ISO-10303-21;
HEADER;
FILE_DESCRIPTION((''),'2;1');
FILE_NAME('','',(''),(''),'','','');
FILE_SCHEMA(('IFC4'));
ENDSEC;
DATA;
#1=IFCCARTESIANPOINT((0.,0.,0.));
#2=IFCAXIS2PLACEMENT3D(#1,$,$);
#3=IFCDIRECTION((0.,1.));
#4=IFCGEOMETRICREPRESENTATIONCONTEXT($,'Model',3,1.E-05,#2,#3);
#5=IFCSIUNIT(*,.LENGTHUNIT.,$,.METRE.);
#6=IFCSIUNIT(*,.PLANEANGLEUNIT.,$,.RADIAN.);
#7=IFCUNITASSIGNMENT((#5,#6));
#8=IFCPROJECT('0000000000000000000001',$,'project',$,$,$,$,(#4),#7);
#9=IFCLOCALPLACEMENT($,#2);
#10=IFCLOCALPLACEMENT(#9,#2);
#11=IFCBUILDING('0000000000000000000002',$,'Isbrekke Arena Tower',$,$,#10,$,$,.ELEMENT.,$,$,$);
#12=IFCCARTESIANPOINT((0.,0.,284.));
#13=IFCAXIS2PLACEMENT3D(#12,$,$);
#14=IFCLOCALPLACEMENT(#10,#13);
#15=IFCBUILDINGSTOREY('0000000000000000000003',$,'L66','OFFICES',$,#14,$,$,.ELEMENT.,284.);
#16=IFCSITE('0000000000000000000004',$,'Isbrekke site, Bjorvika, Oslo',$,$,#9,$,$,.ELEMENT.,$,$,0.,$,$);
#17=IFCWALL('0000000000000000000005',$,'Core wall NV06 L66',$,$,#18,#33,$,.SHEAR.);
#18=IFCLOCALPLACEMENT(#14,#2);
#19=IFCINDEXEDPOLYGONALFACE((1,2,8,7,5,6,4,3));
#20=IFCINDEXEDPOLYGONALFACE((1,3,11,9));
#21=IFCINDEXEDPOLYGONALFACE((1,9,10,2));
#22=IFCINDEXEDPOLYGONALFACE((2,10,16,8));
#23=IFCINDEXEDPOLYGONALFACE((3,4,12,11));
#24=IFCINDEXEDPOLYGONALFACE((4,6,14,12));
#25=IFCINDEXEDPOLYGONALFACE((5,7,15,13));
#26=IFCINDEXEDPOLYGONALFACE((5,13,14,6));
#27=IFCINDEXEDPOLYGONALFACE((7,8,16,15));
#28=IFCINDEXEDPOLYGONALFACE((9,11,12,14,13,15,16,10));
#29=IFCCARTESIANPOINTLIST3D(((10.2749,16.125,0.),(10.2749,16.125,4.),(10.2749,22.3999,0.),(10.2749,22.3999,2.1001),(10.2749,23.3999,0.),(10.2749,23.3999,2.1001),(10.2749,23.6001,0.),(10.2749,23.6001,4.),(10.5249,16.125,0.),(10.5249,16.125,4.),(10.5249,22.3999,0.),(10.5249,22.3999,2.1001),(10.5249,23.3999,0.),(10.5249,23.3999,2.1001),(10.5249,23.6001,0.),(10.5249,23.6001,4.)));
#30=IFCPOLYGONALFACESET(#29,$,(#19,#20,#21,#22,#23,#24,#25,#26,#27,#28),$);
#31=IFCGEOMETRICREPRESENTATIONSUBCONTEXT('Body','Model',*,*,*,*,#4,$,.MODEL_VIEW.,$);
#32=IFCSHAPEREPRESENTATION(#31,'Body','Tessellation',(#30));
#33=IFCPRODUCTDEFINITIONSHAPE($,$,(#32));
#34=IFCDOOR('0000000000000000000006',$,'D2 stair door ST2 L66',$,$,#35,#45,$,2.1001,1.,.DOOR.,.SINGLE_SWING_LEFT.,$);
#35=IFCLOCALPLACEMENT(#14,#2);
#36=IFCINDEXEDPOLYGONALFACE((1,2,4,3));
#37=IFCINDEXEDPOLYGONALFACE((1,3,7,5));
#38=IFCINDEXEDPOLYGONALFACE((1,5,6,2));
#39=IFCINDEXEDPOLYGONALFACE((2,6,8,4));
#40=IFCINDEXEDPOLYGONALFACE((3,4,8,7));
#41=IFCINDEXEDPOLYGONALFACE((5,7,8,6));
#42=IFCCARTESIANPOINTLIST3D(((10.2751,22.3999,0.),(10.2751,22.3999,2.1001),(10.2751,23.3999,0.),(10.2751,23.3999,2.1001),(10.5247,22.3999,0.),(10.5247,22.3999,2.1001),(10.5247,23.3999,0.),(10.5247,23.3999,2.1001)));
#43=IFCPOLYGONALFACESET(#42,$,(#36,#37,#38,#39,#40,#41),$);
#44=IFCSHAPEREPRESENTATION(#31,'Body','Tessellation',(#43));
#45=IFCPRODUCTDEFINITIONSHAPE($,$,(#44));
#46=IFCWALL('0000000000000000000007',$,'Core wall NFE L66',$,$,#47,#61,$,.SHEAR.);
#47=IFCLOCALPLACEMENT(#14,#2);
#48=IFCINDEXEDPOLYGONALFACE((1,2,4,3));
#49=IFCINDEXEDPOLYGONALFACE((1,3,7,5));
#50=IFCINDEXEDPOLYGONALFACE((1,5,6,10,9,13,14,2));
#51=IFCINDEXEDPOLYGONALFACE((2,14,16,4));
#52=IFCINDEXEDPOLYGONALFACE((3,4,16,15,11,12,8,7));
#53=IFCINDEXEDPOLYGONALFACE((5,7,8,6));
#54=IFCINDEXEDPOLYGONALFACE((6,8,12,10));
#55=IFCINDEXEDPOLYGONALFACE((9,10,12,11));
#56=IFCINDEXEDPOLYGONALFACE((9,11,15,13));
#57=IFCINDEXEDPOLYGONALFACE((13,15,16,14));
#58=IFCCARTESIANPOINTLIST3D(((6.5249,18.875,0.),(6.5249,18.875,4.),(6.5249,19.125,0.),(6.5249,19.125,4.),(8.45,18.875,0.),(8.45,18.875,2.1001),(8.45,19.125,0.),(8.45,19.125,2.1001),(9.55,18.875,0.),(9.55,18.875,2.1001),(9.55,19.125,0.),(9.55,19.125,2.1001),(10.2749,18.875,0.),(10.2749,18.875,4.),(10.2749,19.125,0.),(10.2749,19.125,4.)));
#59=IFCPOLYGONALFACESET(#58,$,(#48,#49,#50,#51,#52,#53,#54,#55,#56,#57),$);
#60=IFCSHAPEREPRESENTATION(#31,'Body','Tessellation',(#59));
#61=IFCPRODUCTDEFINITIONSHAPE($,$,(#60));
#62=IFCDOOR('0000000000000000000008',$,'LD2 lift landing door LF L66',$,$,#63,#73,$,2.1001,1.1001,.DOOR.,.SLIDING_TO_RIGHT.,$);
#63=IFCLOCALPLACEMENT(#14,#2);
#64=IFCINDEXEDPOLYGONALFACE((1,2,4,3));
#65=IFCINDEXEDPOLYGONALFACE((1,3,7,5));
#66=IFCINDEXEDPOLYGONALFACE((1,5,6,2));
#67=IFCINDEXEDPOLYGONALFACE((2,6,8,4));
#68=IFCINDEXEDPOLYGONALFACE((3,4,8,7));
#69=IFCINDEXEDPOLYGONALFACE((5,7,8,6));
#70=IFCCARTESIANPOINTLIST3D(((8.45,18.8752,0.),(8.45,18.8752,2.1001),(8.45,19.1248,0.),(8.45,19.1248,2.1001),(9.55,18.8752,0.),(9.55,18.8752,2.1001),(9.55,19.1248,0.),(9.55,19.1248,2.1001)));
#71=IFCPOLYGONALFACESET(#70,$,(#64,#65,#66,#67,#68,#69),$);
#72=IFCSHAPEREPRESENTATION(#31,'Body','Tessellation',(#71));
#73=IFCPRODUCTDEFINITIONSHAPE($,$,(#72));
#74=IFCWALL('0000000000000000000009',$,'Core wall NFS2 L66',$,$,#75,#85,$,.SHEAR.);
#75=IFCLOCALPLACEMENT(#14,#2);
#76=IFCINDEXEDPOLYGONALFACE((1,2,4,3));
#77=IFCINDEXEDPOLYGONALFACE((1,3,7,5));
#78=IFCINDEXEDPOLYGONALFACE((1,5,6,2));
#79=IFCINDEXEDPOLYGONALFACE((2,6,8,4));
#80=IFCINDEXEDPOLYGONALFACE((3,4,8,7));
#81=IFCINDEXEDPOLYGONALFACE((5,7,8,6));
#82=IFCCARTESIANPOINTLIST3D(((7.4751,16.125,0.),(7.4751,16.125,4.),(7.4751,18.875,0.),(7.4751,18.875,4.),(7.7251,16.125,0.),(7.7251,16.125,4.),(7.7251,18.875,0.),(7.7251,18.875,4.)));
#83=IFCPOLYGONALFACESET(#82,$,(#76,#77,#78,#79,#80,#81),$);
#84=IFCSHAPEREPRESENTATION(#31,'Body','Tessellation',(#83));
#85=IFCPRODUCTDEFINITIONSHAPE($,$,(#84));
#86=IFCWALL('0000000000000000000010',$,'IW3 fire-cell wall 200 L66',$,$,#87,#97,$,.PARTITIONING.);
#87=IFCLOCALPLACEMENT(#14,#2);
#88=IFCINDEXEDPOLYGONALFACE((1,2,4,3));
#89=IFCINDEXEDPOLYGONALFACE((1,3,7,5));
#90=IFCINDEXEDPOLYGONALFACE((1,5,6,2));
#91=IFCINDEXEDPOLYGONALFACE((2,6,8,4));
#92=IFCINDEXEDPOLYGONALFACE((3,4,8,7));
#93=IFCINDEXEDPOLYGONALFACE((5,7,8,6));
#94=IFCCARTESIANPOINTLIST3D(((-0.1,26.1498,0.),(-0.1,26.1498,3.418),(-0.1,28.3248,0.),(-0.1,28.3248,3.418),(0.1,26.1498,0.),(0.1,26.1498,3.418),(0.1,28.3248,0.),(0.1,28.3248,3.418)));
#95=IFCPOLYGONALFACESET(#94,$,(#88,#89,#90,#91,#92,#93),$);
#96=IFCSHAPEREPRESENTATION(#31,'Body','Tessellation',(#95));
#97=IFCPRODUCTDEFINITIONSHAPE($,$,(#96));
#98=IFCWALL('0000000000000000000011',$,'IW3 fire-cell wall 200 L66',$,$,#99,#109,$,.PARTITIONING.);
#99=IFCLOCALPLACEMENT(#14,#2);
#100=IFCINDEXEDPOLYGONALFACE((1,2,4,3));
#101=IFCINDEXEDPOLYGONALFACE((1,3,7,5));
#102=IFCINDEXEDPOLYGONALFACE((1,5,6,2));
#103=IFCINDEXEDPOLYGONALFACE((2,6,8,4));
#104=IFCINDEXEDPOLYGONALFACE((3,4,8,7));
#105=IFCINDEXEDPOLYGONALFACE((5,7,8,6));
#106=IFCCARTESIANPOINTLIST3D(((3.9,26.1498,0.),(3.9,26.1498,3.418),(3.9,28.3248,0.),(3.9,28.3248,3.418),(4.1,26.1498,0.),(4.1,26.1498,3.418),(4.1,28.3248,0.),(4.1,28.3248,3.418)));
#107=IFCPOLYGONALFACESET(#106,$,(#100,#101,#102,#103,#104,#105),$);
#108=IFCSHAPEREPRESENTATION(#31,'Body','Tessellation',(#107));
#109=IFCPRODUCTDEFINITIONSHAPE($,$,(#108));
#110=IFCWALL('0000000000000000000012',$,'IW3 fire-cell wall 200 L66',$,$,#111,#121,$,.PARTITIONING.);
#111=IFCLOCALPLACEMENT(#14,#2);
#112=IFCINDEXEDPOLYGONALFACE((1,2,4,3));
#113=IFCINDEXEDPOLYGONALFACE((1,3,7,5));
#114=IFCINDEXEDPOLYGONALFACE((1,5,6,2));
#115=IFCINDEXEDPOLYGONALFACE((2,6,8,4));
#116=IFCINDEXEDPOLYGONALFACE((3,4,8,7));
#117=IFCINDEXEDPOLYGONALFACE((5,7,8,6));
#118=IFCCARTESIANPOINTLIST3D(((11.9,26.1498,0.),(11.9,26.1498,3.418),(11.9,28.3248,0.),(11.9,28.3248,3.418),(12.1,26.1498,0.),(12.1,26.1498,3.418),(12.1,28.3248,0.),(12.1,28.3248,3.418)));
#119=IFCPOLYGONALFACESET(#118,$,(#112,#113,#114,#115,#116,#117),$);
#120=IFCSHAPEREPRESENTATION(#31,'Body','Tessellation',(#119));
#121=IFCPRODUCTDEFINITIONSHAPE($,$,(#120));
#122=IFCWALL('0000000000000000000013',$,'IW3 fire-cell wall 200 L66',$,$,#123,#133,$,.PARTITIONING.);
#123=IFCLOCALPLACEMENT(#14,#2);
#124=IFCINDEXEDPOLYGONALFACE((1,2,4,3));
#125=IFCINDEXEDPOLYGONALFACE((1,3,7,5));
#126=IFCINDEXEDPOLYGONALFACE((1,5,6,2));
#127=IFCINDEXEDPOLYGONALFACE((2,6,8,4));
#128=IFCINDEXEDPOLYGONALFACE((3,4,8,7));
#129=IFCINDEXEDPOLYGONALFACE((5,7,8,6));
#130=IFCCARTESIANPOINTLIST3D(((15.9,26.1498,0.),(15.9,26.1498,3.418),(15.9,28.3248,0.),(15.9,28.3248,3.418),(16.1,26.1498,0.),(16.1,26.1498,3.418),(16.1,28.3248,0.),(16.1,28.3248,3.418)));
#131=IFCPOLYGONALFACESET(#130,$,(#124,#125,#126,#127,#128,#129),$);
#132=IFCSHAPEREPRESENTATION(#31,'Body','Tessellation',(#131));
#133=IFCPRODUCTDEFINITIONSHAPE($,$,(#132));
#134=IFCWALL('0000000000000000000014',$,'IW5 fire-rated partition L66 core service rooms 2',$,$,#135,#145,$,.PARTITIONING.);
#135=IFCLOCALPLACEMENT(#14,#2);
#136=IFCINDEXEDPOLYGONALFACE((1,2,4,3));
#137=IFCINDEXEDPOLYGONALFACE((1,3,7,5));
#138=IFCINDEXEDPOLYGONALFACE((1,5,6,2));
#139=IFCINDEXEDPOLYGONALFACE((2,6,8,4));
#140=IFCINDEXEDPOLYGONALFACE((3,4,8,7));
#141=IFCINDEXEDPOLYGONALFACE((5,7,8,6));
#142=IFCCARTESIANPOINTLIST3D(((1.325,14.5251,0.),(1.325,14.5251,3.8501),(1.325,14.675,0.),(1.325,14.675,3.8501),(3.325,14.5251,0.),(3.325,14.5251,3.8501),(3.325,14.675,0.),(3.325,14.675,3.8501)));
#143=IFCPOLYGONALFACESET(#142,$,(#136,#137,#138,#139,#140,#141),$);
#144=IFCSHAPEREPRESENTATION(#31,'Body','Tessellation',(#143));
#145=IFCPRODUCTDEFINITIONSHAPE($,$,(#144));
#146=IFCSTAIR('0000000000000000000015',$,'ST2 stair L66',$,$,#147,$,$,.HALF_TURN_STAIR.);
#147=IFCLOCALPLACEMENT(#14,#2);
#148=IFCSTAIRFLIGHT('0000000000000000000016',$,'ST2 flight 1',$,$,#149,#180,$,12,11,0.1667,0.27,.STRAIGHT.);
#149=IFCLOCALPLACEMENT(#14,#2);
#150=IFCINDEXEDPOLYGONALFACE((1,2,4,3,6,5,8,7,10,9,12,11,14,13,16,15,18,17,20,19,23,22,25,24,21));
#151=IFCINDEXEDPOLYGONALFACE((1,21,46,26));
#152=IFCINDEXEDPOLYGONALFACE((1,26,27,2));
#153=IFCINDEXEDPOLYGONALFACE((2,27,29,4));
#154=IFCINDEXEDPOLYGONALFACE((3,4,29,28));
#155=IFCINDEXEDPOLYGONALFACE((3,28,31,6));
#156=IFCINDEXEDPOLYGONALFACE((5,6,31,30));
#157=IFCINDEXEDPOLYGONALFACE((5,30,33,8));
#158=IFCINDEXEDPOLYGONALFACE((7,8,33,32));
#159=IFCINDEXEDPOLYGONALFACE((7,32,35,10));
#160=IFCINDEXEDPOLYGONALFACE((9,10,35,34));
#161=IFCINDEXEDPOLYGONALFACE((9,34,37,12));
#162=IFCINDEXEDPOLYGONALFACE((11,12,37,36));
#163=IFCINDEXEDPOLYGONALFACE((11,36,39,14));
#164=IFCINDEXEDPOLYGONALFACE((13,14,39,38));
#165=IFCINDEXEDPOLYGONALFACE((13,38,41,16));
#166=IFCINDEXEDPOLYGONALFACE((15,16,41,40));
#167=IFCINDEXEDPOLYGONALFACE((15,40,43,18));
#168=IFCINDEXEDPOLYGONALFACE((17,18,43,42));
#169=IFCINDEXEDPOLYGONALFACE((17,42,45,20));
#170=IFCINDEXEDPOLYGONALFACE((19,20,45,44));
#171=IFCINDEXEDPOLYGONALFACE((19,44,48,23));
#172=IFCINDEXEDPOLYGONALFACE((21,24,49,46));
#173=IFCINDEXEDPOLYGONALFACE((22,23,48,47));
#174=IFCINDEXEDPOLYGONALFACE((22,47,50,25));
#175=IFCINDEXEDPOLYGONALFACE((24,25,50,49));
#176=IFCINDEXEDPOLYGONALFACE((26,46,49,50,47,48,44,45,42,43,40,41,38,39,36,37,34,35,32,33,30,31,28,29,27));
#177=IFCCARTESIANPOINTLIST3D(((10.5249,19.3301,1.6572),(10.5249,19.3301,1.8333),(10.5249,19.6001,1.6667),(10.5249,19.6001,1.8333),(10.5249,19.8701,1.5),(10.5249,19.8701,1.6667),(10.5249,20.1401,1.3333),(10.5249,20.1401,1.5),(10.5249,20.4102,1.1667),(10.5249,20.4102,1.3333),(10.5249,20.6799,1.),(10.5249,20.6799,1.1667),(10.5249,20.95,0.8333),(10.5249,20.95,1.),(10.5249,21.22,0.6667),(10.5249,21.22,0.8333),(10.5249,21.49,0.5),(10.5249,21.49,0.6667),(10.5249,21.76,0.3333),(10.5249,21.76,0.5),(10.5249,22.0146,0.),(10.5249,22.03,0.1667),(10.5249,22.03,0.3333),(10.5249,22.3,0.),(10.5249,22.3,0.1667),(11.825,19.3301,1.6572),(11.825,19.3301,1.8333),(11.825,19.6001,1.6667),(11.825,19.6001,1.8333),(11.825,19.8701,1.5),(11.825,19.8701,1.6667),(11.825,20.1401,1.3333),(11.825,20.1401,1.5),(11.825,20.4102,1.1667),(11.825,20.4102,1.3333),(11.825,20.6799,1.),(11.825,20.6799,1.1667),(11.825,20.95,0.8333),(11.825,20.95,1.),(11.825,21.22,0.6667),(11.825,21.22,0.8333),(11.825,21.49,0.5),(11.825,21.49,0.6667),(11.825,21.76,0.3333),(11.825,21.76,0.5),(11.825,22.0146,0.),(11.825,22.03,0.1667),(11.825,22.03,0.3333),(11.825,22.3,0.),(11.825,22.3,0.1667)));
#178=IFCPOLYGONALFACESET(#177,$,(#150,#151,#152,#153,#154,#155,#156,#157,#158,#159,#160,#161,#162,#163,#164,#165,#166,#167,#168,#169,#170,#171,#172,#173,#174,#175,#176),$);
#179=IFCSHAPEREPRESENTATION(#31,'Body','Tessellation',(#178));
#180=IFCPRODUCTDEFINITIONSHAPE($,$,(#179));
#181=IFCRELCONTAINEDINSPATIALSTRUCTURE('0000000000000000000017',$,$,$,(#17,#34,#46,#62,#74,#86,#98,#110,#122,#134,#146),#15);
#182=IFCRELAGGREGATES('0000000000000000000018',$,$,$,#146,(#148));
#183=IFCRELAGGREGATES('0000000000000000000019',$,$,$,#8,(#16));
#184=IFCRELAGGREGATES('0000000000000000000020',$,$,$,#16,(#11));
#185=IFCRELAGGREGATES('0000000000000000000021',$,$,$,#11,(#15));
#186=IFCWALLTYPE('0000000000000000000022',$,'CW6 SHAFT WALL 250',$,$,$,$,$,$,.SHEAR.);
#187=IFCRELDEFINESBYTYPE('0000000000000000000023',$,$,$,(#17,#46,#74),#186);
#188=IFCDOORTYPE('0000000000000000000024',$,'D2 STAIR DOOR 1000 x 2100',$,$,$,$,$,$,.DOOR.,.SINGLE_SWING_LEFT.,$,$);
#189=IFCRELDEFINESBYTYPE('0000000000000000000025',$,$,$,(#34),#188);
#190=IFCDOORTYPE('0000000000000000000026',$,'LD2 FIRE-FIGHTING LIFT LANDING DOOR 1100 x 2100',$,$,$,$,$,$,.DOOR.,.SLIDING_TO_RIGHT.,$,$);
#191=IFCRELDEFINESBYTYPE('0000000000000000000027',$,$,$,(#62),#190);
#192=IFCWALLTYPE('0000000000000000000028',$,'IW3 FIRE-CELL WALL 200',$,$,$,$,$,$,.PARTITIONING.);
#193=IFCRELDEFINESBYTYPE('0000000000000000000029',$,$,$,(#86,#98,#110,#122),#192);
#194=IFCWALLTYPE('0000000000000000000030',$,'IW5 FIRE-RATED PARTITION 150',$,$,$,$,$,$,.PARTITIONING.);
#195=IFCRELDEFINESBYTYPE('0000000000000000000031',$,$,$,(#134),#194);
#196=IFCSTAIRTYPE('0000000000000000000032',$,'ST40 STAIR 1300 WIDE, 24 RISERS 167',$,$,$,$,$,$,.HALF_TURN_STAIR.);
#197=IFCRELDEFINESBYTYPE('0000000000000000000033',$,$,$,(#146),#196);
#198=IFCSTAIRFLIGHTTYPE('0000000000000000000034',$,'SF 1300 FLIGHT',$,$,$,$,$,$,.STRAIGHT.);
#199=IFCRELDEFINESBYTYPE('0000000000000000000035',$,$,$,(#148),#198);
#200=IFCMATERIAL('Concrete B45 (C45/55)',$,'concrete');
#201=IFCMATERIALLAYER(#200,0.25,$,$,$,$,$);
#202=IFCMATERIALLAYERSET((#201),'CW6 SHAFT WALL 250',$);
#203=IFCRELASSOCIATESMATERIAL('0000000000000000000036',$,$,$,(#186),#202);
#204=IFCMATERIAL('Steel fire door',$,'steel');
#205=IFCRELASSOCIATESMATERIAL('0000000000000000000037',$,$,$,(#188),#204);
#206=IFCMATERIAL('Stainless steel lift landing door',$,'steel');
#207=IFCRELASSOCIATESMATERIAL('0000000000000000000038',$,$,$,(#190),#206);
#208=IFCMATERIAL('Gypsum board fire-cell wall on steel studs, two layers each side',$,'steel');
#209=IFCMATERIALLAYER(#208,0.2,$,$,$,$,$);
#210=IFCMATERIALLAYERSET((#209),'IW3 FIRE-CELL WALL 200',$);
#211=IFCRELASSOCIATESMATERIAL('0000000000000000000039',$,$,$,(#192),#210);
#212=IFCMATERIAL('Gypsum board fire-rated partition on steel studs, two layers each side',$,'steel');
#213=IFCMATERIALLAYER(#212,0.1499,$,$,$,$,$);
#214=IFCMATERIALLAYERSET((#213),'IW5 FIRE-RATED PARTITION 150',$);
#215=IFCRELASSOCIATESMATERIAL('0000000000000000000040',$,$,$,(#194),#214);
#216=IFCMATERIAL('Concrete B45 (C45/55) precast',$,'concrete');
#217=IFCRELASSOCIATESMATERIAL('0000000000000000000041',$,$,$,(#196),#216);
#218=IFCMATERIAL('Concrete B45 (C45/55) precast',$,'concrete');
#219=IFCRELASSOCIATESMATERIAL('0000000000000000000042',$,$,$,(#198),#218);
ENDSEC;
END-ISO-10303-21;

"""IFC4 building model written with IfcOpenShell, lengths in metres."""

from ifc_helpers import new_model, si_unit, direction, frame, frame_2d, origin, place, context, subcontext, project, spatial, polyline, rectangle, outline, extrude, material, layer, layer_set, type_object, element, fill, aggregate, save


model = new_model("IFC4")

# Units and contexts
model_context = context("Model", 3, precision=1e-05, world=origin(), true_north=direction((0.0, 1.0)))
body_context = subcontext(model_context, "Body", "Model", "MODEL_VIEW")
ifc_project = project(units=[si_unit("LENGTHUNIT", "METRE"), si_unit("PLANEANGLEUNIT", "RADIAN")], contexts=[model_context])

# Site, building, storey
site_placement = place(None, origin())
site = spatial("IfcSite", under=ifc_project, at=site_placement, Name="Isbrekke site, Bjorvika, Oslo", CompositionType="ELEMENT", RefElevation=0.0)
building_placement = place(site_placement, origin())
building = spatial("IfcBuilding", under=site, at=building_placement, Name="Isbrekke Arena Tower", CompositionType="ELEMENT")
storey_placement = place(building_placement, frame((0.0, 0.0, 284.0)))
storey = spatial("IfcBuildingStorey", under=building, at=storey_placement, Name="L66", Description="OFFICES", CompositionType="ELEMENT", Elevation=284.0)

# Shared definitions
ifc_material_1 = material(Name="Concrete B45 (C45/55)", Category="concrete")
ifc_layer_1 = layer(ifc_material_1, 0.25)
ifc_layer_set_1 = layer_set([ifc_layer_1], Name="CW6 SHAFT WALL 250")
wall_type_1 = type_object("IfcWallType", Name="CW6 SHAFT WALL 250", PredefinedType="SHEAR", material=ifc_layer_set_1)

# Walls, openings, doors
wall_1_placement = place(storey_placement, frame((10.3999, 16.125, 0.0), z_axis=(0.0, 0.0, 1.0), x_axis=(0.0, 1.0, 0.0)))
wall_1 = element("IfcWall", 1, at=wall_1_placement, inside=storey, type_object=wall_type_1, Name="Core wall NV06 L66", PredefinedType="SHEAR", context=body_context, shape_type="SweptSolid", body=[
    extrude(rectangle(XDim=7.4751, YDim=0.25, at=frame_2d((3.7375, 0.0))), origin(), (0.0, 0.0, 1.0), 4.0),
])
opening_1_placement = place(wall_1_placement, frame((6.2749, 0.0, 0.0)))
opening_1 = element("IfcOpeningElement", 2, at=opening_1_placement, cuts=wall_1, PredefinedType="OPENING", context=body_context, shape_type="SweptSolid", body=[
    extrude(rectangle(XDim=1.0, YDim=2.1001, at=frame_2d((0.5, 1.05))), frame((0.0, 0.1399, 0.0), z_axis=(0.0, -1.0, 0.0), x_axis=(1.0, 0.0, 0.0)), (0.0, 0.0, 1.0), 0.2798),
])
ifc_material_2 = material(Name="Steel fire door", Category="steel")
door_type_1 = type_object("IfcDoorType", Name="D2 STAIR DOOR 1000 x 2100", OperationType="SINGLE_SWING_LEFT", PredefinedType="DOOR", material=ifc_material_2)
door_1_placement = place(opening_1_placement, origin())
door_1 = element("IfcDoor", 3, at=door_1_placement, inside=storey, type_object=door_type_1, Name="D2 stair door ST2 L66", OperationType="SINGLE_SWING_LEFT", OverallHeight=2.1001, OverallWidth=1.0, PredefinedType="DOOR", context=body_context, shape_type="SweptSolid", body=[
    extrude(rectangle(XDim=1.0, YDim=2.1001, at=frame_2d((0.5, 1.05))), frame((0.0, 0.1248, 0.0), z_axis=(0.0, -1.0, 0.0), x_axis=(1.0, 0.0, 0.0)), (0.0, 0.0, 1.0), 0.2495),
])
fill(opening_1, door_1)
wall_2_placement = place(storey_placement, frame((6.5249, 19.0, 0.0), z_axis=(0.0, 0.0, 1.0), x_axis=(1.0, 0.0, 0.0)))
wall_2 = element("IfcWall", 4, at=wall_2_placement, inside=storey, type_object=wall_type_1, Name="Core wall NFE L66", PredefinedType="SHEAR", context=body_context, shape_type="SweptSolid", body=[
    extrude(rectangle(XDim=3.75, YDim=0.25, at=frame_2d((1.875, 0.0))), origin(), (0.0, 0.0, 1.0), 4.0),
])
opening_2_placement = place(wall_2_placement, frame((1.925, 0.0, 0.0)))
opening_2 = element("IfcOpeningElement", 5, at=opening_2_placement, cuts=wall_2, PredefinedType="OPENING", context=body_context, shape_type="SweptSolid", body=[
    extrude(rectangle(XDim=1.1001, YDim=2.1001, at=frame_2d((0.55, 1.05))), frame((0.0, 0.1399, 0.0), z_axis=(0.0, -1.0, 0.0), x_axis=(1.0, 0.0, 0.0)), (0.0, 0.0, 1.0), 0.2798),
])
ifc_material_3 = material(Name="Stainless steel lift landing door", Category="steel")
door_type_2 = type_object("IfcDoorType", Name="LD2 FIRE-FIGHTING LIFT LANDING DOOR 1100 x 2100", OperationType="SLIDING_TO_RIGHT", PredefinedType="DOOR", material=ifc_material_3)
door_2_placement = place(opening_2_placement, origin())
door_2 = element("IfcDoor", 6, at=door_2_placement, inside=storey, type_object=door_type_2, Name="LD2 lift landing door LF L66", OperationType="SLIDING_TO_RIGHT", OverallHeight=2.1001, OverallWidth=1.1001, PredefinedType="DOOR", context=body_context, shape_type="SweptSolid", body=[
    extrude(rectangle(XDim=1.1001, YDim=2.1001, at=frame_2d((0.55, 1.05))), frame((0.0, 0.1248, 0.0), z_axis=(0.0, -1.0, 0.0), x_axis=(1.0, 0.0, 0.0)), (0.0, 0.0, 1.0), 0.2495),
])
fill(opening_2, door_2)

# Walls
wall_3_placement = place(storey_placement, frame((7.6001, 16.125, 0.0), z_axis=(0.0, 0.0, 1.0), x_axis=(0.0, 1.0, 0.0)))
element("IfcWall", 7, at=wall_3_placement, inside=storey, type_object=wall_type_1, Name="Core wall NFS2 L66", PredefinedType="SHEAR", context=body_context, shape_type="SweptSolid", body=[
    extrude(rectangle(XDim=2.75, YDim=0.25, at=frame_2d((1.375, 0.0))), origin(), (0.0, 0.0, 1.0), 4.0),
])
ifc_material_4 = material(Name="Gypsum board fire-cell wall on steel studs, two layers each side", Category="steel")
ifc_layer_2 = layer(ifc_material_4, 0.2)
ifc_layer_set_2 = layer_set([ifc_layer_2], Name="IW3 FIRE-CELL WALL 200")
wall_type_2 = type_object("IfcWallType", Name="IW3 FIRE-CELL WALL 200", PredefinedType="PARTITIONING", material=ifc_layer_set_2)
for number, where, z_axis, x_axis, name in (
    (8, (0.0, 26.1499, 0.0), (0.0, 0.0, 1.0), (0.0, 1.0, 0.0), "IW3 fire-cell wall 200 L66"),
    (9, (4.0, 26.1499, 0.0), (0.0, 0.0, 1.0), (0.0, 1.0, 0.0), "IW3 fire-cell wall 200 L66"),
    (10, (12.0, 26.1499, 0.0), (0.0, 0.0, 1.0), (0.0, 1.0, 0.0), "IW3 fire-cell wall 200 L66"),
    (11, (16.0, 26.1499, 0.0), (0.0, 0.0, 1.0), (0.0, 1.0, 0.0), "IW3 fire-cell wall 200 L66"),
):
    element("IfcWall", number, at=place(storey_placement, frame(where, z_axis=z_axis, x_axis=x_axis)), inside=storey, type_object=wall_type_2, Name=name, PredefinedType="PARTITIONING", context=body_context, shape_type="SweptSolid", body=[
        extrude(rectangle(XDim=2.175, YDim=0.2, at=frame_2d((1.0874, 0.0))), origin(), (0.0, 0.0, 1.0), 3.418),
    ])
ifc_material_5 = material(Name="Gypsum board fire-rated partition on steel studs, two layers each side", Category="steel")
ifc_layer_3 = layer(ifc_material_5, 0.1499)
ifc_layer_set_3 = layer_set([ifc_layer_3], Name="IW5 FIRE-RATED PARTITION 150")
wall_type_3 = type_object("IfcWallType", Name="IW5 FIRE-RATED PARTITION 150", PredefinedType="PARTITIONING", material=ifc_layer_set_3)
wall_4_placement = place(storey_placement, frame((1.325, 14.6001, 0.0), z_axis=(0.0, 0.0, 1.0), x_axis=(1.0, 0.0, 0.0)))
element("IfcWall", 12, at=wall_4_placement, inside=storey, type_object=wall_type_3, Name="IW5 fire-rated partition L66 core service rooms 2", PredefinedType="PARTITIONING", context=body_context, shape_type="SweptSolid", body=[
    extrude(rectangle(XDim=2.0, YDim=0.1499, at=frame_2d((1.0, 0.0))), origin(), (0.0, 0.0, 1.0), 3.8501),
])

# Stair, stair flight
ifc_material_6 = material(Name="Concrete B45 (C45/55) precast", Category="concrete")
stair_type = type_object("IfcStairType", Name="ST40 STAIR 1300 WIDE, 24 RISERS 167", PredefinedType="HALF_TURN_STAIR", material=ifc_material_6)
stair_placement = place(storey_placement, origin())
stair = element("IfcStair", 13, at=stair_placement, inside=storey, type_object=stair_type, Name="ST2 stair L66", PredefinedType="HALF_TURN_STAIR")
ifc_material_7 = material(Name="Concrete B45 (C45/55) precast", Category="concrete")
stair_flight_type = type_object("IfcStairFlightType", Name="SF 1300 FLIGHT", PredefinedType="STRAIGHT", material=ifc_material_7)
stair_flight_1_placement = place(storey_placement, frame((11.175, 22.3, 0.0), z_axis=(0.0, 0.0, 1.0), x_axis=(0.0, -1.0, 0.0)))
stair_flight_1 = element("IfcStairFlight", 14, at=stair_flight_1_placement, type_object=stair_flight_type, Name="ST2 flight 1", NumberOfRisers=12, NumberOfTreads=11, PredefinedType="STRAIGHT", RiserHeight=0.1667, TreadLength=0.27, context=body_context, shape_type="SweptSolid", body=[
    extrude(outline(polyline([(0.0, 0.0), (0.0, 0.1667), (0.27, 0.1667), (0.27, 0.3333), (0.54, 0.3333), (0.54, 0.5), (0.8101, 0.5), (0.8101, 0.6667), (1.0801, 0.6667), (1.0801, 0.8333), (1.3501, 0.8333), (1.3501, 1.0), (1.6201, 1.0), (1.6201, 1.1667), (1.8899, 1.1667), (1.8899, 1.3333), (2.1599, 1.3333), (2.1599, 1.5), (2.4299, 1.5), (2.4299, 1.6667), (2.7, 1.6667), (2.7, 1.8333), (2.97, 1.8333), (2.97, 2.0), (2.97, 1.6572), (0.2854, 0.0), (0.0, 0.0)])), frame((0.0, 0.6499, 0.0), z_axis=(0.0, -1.0, 0.0), x_axis=(1.0, 0.0, 0.0)), (0.0, 0.0, 1.0), 1.3),
])
aggregate(stair, [stair_flight_1])

save(model, "model.ifc")
